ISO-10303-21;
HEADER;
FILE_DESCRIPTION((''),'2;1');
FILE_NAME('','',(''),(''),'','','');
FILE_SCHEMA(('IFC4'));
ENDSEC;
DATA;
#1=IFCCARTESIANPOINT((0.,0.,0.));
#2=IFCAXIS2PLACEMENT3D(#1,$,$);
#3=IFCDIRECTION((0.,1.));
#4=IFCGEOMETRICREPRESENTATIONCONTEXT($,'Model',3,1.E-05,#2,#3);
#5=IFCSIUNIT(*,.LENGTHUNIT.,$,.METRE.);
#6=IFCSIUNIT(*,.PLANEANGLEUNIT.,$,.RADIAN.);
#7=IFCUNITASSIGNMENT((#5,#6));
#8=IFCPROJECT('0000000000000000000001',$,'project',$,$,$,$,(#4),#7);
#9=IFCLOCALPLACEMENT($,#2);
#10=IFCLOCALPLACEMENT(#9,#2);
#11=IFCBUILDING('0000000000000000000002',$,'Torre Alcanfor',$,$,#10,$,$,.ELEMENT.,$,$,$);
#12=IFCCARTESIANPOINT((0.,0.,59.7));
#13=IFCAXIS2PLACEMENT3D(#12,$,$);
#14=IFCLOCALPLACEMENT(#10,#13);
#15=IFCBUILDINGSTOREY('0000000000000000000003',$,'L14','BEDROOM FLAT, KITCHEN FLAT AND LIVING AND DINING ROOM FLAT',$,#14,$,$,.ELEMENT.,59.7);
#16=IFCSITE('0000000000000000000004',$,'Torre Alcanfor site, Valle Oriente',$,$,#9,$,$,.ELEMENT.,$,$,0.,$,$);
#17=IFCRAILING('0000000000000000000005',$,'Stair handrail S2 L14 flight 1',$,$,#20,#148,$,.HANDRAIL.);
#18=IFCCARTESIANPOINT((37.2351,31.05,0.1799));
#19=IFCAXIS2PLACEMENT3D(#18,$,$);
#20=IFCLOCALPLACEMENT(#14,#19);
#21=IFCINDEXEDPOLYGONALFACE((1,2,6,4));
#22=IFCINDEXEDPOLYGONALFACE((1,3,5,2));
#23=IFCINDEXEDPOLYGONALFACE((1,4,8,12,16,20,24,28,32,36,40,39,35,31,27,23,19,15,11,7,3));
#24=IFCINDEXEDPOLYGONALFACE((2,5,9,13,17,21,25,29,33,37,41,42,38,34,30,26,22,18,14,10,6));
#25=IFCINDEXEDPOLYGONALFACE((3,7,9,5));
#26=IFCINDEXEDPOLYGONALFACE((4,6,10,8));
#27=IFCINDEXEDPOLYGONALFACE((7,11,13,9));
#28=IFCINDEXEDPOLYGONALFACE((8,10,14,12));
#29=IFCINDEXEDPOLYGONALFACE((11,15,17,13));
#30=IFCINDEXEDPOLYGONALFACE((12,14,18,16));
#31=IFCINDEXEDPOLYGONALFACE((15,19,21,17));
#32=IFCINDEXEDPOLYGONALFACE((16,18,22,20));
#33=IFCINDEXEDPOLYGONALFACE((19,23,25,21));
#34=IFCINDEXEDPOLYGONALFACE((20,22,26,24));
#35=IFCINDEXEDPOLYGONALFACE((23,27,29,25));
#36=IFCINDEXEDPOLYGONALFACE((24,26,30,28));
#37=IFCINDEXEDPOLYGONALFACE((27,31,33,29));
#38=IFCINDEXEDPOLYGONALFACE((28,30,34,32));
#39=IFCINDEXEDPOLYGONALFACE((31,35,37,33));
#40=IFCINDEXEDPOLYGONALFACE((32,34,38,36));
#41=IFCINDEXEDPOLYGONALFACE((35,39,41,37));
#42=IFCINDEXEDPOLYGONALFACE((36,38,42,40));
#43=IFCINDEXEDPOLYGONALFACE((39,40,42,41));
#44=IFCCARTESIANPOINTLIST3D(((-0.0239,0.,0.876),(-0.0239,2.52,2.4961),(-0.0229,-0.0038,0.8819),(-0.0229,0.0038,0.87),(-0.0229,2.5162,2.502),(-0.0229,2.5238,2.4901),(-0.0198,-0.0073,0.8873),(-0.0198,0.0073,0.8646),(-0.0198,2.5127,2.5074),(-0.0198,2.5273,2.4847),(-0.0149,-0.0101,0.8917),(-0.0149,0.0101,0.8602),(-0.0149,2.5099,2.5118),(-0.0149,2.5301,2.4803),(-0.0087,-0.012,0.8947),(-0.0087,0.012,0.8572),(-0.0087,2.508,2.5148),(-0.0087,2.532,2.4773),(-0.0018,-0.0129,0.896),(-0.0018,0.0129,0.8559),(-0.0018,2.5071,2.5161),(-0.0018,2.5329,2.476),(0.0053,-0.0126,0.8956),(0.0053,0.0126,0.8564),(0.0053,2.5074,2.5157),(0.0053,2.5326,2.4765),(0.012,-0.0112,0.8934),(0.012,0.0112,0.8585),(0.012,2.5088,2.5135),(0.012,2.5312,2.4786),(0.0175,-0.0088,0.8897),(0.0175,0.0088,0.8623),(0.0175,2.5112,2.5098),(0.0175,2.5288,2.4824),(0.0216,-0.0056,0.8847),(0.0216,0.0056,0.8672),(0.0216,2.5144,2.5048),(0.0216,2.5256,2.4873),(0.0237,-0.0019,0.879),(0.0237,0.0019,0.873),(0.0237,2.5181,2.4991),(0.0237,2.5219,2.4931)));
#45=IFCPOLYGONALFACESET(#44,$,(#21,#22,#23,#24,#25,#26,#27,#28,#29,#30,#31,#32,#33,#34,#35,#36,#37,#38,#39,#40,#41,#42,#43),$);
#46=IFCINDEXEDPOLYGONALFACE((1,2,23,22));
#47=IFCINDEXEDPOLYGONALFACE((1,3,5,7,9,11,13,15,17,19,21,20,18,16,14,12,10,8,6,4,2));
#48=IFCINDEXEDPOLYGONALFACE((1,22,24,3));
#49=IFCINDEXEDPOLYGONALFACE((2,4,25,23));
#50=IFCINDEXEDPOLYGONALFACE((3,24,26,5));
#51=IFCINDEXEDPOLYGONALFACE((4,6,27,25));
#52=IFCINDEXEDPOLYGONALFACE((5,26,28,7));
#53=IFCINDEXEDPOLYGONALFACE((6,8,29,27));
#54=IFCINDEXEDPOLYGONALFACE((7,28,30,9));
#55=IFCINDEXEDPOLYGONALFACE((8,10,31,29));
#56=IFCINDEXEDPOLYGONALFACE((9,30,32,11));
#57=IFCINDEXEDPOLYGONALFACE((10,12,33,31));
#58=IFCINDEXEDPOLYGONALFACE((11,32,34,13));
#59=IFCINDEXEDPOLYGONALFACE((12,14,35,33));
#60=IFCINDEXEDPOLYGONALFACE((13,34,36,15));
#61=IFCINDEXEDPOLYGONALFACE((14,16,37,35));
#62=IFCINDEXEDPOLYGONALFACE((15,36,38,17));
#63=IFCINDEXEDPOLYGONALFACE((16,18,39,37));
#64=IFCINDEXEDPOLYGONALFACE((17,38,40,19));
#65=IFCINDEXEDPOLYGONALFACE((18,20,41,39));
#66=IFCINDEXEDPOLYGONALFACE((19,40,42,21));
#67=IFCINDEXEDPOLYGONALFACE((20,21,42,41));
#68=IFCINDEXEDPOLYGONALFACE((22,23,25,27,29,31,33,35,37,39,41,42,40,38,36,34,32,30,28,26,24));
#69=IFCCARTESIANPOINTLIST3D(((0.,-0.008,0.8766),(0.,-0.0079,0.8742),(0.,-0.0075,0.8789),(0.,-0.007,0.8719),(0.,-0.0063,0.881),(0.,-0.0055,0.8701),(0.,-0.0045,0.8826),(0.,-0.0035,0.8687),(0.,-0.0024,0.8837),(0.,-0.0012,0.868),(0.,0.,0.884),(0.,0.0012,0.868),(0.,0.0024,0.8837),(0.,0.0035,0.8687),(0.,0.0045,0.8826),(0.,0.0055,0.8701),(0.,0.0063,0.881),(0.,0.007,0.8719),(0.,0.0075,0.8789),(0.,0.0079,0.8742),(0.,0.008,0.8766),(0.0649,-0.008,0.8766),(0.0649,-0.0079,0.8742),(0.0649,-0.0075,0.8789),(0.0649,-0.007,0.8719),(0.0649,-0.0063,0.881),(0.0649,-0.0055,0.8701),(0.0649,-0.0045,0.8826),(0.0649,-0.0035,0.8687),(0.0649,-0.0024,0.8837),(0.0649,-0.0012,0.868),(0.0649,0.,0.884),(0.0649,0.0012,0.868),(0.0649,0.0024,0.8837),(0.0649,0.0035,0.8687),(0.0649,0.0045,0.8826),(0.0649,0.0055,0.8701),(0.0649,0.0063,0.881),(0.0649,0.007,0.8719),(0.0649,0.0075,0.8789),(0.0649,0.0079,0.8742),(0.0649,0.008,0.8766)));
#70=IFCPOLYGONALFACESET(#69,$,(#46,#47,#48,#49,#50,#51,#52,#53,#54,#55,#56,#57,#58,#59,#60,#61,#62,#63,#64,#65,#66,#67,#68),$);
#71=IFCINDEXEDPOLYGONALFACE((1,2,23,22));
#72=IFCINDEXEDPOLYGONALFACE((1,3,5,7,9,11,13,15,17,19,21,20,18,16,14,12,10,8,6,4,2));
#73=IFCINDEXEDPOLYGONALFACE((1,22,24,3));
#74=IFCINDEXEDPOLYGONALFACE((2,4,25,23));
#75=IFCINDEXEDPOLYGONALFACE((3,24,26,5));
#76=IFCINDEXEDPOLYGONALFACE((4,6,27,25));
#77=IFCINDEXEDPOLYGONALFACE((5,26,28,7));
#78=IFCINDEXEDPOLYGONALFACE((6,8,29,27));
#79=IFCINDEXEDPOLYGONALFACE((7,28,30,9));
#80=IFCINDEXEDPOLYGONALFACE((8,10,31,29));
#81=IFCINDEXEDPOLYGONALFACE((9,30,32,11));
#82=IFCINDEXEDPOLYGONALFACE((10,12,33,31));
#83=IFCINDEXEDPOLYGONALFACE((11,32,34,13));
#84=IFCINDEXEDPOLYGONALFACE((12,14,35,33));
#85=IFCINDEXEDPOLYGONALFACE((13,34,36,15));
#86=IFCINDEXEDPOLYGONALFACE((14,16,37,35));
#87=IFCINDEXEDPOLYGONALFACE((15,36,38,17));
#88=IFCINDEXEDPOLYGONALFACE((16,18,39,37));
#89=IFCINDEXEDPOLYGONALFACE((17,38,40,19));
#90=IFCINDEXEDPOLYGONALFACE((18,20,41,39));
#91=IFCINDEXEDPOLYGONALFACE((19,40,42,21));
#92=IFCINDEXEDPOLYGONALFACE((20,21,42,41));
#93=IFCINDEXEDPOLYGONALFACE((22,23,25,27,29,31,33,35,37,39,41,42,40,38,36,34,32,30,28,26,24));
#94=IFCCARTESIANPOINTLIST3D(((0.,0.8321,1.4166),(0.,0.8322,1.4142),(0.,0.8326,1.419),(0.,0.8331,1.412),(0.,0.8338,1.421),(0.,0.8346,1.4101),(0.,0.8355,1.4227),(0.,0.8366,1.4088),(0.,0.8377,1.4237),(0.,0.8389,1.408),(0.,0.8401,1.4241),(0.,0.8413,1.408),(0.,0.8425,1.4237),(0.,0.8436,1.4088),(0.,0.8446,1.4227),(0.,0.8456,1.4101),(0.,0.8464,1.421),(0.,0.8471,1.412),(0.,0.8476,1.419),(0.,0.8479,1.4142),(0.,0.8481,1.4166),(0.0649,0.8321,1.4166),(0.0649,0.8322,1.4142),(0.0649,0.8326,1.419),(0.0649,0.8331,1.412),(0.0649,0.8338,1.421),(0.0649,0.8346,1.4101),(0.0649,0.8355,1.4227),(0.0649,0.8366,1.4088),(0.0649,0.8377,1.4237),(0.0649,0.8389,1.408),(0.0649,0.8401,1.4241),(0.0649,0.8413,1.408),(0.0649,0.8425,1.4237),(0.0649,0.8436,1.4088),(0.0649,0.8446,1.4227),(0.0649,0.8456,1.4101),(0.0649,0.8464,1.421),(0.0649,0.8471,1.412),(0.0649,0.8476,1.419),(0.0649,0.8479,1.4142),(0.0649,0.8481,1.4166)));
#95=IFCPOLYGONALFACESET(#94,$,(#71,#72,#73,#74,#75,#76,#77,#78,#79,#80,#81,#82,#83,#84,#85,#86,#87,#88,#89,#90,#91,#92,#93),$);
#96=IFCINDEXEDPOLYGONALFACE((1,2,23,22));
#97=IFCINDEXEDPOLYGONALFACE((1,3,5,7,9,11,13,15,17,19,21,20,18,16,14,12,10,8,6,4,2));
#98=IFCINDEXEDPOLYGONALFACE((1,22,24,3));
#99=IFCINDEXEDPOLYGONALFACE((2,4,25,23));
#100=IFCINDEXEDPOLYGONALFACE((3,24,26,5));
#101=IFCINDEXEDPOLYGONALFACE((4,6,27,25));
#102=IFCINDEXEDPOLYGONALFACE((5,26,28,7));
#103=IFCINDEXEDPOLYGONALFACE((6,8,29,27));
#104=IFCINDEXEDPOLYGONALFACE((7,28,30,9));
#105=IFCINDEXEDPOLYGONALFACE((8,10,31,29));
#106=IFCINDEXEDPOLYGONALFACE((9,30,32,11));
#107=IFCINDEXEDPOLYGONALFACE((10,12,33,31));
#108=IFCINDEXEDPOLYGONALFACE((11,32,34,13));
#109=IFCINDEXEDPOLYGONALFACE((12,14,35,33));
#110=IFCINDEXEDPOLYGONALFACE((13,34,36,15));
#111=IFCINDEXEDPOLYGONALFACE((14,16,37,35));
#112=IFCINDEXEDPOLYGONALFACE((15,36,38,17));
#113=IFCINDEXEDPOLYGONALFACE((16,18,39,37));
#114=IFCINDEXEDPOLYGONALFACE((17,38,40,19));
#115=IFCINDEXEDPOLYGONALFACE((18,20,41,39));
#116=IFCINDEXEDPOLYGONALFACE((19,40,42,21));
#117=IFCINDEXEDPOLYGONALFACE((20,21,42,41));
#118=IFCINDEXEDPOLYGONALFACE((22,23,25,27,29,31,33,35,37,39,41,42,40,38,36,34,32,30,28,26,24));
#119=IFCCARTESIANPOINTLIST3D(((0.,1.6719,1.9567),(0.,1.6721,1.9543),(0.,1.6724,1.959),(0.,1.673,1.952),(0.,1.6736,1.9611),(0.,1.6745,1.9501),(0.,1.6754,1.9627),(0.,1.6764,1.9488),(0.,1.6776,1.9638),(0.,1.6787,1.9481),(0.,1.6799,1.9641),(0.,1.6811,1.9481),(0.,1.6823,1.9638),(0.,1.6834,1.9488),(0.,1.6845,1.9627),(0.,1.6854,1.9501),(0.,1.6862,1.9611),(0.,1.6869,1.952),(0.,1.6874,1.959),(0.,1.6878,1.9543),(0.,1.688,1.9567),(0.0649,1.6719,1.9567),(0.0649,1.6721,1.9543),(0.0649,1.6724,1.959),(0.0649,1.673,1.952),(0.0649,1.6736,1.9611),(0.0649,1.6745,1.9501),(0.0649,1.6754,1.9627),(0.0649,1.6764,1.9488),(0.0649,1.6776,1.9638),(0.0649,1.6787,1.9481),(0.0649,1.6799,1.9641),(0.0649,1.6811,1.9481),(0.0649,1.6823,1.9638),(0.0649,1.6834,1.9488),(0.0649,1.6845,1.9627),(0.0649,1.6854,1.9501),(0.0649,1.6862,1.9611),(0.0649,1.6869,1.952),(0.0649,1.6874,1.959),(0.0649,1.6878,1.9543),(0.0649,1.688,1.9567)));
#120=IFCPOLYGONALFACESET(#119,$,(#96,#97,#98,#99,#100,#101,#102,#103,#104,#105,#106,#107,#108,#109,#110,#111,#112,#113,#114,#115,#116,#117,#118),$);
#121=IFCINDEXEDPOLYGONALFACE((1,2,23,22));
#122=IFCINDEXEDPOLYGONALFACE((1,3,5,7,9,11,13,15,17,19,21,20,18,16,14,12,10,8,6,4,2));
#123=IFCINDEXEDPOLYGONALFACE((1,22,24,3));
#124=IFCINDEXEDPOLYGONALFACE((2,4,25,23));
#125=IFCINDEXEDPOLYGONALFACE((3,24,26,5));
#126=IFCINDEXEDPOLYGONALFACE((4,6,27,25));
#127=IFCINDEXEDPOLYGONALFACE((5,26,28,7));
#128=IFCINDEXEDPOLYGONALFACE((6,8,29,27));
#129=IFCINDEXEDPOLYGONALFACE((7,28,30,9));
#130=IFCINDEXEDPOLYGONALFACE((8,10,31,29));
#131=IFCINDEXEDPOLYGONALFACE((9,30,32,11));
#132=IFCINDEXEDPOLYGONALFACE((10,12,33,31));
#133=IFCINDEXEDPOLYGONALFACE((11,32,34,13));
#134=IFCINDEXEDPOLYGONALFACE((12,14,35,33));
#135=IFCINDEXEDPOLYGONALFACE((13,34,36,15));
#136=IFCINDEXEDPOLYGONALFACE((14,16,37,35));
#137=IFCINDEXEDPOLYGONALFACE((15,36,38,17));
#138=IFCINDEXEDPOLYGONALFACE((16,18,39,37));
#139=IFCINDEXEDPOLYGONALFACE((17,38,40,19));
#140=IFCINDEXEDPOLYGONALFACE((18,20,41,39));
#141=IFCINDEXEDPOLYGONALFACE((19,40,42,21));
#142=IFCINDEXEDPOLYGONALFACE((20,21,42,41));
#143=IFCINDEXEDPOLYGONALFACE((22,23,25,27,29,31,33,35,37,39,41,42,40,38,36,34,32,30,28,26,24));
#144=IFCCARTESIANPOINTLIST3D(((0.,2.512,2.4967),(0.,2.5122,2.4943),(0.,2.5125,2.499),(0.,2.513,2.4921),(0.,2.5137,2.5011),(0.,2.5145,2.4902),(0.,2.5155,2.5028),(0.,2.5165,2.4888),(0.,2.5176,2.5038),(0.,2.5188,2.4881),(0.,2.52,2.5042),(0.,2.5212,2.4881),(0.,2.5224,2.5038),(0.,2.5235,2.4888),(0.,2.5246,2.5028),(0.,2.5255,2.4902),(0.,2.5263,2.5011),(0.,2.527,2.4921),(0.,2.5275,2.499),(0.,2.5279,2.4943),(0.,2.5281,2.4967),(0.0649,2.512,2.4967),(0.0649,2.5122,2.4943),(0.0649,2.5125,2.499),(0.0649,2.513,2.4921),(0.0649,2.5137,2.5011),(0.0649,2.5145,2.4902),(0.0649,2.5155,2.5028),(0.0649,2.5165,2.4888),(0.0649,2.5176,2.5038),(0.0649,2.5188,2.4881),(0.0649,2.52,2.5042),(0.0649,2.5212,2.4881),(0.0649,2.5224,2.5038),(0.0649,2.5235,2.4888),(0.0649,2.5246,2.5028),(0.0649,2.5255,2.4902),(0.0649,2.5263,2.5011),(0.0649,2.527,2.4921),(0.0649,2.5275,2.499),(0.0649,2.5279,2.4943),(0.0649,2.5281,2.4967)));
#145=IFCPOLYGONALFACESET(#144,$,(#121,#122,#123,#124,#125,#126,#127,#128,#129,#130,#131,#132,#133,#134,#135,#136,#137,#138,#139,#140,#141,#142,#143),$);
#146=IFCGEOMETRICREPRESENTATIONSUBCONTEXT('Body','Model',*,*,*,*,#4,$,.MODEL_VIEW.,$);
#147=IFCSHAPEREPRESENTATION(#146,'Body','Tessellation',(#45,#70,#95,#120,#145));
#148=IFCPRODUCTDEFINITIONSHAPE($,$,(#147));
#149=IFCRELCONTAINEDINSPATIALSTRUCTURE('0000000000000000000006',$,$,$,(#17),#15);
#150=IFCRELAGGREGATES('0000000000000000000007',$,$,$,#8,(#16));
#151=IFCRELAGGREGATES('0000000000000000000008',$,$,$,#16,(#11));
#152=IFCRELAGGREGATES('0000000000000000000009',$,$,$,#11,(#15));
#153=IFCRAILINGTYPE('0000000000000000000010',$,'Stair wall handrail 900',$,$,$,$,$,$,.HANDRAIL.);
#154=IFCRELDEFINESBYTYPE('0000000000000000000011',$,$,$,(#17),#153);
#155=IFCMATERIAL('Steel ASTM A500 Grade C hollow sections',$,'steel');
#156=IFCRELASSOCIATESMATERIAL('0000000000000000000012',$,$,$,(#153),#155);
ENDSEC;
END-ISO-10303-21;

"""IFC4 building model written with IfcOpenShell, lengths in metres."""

from ifc_helpers import new_model, si_unit, direction, frame, origin, origin_2d, place, context, subcontext, project, spatial, circle, extrude, material, type_object, element, save


model = new_model("IFC4")

# Units and contexts
model_context = context("Model", 3, precision=1e-05, world=origin(), true_north=direction((0.0, 1.0)))
body_context = subcontext(model_context, "Body", "Model", "MODEL_VIEW")
ifc_project = project(units=[si_unit("LENGTHUNIT", "METRE"), si_unit("PLANEANGLEUNIT", "RADIAN")], contexts=[model_context])

# Site, building, storey
site_placement = place(None, origin())
site = spatial("IfcSite", under=ifc_project, at=site_placement, Name="Torre Alcanfor site, Valle Oriente", CompositionType="ELEMENT", RefElevation=0.0)
building_placement = place(site_placement, origin())
building = spatial("IfcBuilding", under=site, at=building_placement, Name="Torre Alcanfor", CompositionType="ELEMENT")
storey_placement = place(building_placement, frame((0.0, 0.0, 59.7)))
storey = spatial("IfcBuildingStorey", under=building, at=storey_placement, Name="L14", Description="BEDROOM FLAT, KITCHEN FLAT AND LIVING AND DINING ROOM FLAT", CompositionType="ELEMENT", Elevation=59.7)

# Railing
ifc_material_1 = material(Name="Steel ASTM A500 Grade C hollow sections", Category="steel")
railing_type_1 = type_object("IfcRailingType", Name="Stair wall handrail 900", PredefinedType="HANDRAIL", material=ifc_material_1)
railing_1_placement = place(storey_placement, frame((37.2351, 31.05, 0.1799)))
element("IfcRailing", 1, at=railing_1_placement, inside=storey, type_object=railing_type_1, Name="Stair handrail S2 L14 flight 1", PredefinedType="HANDRAIL", context=body_context, shape_type="SweptSolid", body=[
    extrude(circle(Radius=0.0239, at=origin_2d()), frame((0.0, 0.0, 0.876), z_axis=(0.0, 0.841163, 0.540782), x_axis=(-1.0, 0.0, 0.0)), (0.0, 0.0, 1.0), 2.9958),
    extrude(circle(Radius=0.0081, at=origin_2d()), frame((0.0, 0.0, 0.876), z_axis=(1.0, 0.0, 0.0), x_axis=(0.0, 0.0, 1.0)), (0.0, 0.0, 1.0), 0.0649),
    extrude(circle(Radius=0.0081, at=origin_2d()), frame((0.0, 0.8401, 1.416), z_axis=(1.0, 0.0, 0.0), x_axis=(0.0, 0.0, 1.0)), (0.0, 0.0, 1.0), 0.0649),
    extrude(circle(Radius=0.0081, at=origin_2d()), frame((0.0, 1.6799, 1.9561), z_axis=(1.0, 0.0, 0.0), x_axis=(0.0, 0.0, 1.0)), (0.0, 0.0, 1.0), 0.0649),
    extrude(circle(Radius=0.0081, at=origin_2d()), frame((0.0, 2.52, 2.4961), z_axis=(1.0, 0.0, 0.0), x_axis=(0.0, 0.0, 1.0)), (0.0, 0.0, 1.0), 0.0649),
])

save(model, "model.ifc")
